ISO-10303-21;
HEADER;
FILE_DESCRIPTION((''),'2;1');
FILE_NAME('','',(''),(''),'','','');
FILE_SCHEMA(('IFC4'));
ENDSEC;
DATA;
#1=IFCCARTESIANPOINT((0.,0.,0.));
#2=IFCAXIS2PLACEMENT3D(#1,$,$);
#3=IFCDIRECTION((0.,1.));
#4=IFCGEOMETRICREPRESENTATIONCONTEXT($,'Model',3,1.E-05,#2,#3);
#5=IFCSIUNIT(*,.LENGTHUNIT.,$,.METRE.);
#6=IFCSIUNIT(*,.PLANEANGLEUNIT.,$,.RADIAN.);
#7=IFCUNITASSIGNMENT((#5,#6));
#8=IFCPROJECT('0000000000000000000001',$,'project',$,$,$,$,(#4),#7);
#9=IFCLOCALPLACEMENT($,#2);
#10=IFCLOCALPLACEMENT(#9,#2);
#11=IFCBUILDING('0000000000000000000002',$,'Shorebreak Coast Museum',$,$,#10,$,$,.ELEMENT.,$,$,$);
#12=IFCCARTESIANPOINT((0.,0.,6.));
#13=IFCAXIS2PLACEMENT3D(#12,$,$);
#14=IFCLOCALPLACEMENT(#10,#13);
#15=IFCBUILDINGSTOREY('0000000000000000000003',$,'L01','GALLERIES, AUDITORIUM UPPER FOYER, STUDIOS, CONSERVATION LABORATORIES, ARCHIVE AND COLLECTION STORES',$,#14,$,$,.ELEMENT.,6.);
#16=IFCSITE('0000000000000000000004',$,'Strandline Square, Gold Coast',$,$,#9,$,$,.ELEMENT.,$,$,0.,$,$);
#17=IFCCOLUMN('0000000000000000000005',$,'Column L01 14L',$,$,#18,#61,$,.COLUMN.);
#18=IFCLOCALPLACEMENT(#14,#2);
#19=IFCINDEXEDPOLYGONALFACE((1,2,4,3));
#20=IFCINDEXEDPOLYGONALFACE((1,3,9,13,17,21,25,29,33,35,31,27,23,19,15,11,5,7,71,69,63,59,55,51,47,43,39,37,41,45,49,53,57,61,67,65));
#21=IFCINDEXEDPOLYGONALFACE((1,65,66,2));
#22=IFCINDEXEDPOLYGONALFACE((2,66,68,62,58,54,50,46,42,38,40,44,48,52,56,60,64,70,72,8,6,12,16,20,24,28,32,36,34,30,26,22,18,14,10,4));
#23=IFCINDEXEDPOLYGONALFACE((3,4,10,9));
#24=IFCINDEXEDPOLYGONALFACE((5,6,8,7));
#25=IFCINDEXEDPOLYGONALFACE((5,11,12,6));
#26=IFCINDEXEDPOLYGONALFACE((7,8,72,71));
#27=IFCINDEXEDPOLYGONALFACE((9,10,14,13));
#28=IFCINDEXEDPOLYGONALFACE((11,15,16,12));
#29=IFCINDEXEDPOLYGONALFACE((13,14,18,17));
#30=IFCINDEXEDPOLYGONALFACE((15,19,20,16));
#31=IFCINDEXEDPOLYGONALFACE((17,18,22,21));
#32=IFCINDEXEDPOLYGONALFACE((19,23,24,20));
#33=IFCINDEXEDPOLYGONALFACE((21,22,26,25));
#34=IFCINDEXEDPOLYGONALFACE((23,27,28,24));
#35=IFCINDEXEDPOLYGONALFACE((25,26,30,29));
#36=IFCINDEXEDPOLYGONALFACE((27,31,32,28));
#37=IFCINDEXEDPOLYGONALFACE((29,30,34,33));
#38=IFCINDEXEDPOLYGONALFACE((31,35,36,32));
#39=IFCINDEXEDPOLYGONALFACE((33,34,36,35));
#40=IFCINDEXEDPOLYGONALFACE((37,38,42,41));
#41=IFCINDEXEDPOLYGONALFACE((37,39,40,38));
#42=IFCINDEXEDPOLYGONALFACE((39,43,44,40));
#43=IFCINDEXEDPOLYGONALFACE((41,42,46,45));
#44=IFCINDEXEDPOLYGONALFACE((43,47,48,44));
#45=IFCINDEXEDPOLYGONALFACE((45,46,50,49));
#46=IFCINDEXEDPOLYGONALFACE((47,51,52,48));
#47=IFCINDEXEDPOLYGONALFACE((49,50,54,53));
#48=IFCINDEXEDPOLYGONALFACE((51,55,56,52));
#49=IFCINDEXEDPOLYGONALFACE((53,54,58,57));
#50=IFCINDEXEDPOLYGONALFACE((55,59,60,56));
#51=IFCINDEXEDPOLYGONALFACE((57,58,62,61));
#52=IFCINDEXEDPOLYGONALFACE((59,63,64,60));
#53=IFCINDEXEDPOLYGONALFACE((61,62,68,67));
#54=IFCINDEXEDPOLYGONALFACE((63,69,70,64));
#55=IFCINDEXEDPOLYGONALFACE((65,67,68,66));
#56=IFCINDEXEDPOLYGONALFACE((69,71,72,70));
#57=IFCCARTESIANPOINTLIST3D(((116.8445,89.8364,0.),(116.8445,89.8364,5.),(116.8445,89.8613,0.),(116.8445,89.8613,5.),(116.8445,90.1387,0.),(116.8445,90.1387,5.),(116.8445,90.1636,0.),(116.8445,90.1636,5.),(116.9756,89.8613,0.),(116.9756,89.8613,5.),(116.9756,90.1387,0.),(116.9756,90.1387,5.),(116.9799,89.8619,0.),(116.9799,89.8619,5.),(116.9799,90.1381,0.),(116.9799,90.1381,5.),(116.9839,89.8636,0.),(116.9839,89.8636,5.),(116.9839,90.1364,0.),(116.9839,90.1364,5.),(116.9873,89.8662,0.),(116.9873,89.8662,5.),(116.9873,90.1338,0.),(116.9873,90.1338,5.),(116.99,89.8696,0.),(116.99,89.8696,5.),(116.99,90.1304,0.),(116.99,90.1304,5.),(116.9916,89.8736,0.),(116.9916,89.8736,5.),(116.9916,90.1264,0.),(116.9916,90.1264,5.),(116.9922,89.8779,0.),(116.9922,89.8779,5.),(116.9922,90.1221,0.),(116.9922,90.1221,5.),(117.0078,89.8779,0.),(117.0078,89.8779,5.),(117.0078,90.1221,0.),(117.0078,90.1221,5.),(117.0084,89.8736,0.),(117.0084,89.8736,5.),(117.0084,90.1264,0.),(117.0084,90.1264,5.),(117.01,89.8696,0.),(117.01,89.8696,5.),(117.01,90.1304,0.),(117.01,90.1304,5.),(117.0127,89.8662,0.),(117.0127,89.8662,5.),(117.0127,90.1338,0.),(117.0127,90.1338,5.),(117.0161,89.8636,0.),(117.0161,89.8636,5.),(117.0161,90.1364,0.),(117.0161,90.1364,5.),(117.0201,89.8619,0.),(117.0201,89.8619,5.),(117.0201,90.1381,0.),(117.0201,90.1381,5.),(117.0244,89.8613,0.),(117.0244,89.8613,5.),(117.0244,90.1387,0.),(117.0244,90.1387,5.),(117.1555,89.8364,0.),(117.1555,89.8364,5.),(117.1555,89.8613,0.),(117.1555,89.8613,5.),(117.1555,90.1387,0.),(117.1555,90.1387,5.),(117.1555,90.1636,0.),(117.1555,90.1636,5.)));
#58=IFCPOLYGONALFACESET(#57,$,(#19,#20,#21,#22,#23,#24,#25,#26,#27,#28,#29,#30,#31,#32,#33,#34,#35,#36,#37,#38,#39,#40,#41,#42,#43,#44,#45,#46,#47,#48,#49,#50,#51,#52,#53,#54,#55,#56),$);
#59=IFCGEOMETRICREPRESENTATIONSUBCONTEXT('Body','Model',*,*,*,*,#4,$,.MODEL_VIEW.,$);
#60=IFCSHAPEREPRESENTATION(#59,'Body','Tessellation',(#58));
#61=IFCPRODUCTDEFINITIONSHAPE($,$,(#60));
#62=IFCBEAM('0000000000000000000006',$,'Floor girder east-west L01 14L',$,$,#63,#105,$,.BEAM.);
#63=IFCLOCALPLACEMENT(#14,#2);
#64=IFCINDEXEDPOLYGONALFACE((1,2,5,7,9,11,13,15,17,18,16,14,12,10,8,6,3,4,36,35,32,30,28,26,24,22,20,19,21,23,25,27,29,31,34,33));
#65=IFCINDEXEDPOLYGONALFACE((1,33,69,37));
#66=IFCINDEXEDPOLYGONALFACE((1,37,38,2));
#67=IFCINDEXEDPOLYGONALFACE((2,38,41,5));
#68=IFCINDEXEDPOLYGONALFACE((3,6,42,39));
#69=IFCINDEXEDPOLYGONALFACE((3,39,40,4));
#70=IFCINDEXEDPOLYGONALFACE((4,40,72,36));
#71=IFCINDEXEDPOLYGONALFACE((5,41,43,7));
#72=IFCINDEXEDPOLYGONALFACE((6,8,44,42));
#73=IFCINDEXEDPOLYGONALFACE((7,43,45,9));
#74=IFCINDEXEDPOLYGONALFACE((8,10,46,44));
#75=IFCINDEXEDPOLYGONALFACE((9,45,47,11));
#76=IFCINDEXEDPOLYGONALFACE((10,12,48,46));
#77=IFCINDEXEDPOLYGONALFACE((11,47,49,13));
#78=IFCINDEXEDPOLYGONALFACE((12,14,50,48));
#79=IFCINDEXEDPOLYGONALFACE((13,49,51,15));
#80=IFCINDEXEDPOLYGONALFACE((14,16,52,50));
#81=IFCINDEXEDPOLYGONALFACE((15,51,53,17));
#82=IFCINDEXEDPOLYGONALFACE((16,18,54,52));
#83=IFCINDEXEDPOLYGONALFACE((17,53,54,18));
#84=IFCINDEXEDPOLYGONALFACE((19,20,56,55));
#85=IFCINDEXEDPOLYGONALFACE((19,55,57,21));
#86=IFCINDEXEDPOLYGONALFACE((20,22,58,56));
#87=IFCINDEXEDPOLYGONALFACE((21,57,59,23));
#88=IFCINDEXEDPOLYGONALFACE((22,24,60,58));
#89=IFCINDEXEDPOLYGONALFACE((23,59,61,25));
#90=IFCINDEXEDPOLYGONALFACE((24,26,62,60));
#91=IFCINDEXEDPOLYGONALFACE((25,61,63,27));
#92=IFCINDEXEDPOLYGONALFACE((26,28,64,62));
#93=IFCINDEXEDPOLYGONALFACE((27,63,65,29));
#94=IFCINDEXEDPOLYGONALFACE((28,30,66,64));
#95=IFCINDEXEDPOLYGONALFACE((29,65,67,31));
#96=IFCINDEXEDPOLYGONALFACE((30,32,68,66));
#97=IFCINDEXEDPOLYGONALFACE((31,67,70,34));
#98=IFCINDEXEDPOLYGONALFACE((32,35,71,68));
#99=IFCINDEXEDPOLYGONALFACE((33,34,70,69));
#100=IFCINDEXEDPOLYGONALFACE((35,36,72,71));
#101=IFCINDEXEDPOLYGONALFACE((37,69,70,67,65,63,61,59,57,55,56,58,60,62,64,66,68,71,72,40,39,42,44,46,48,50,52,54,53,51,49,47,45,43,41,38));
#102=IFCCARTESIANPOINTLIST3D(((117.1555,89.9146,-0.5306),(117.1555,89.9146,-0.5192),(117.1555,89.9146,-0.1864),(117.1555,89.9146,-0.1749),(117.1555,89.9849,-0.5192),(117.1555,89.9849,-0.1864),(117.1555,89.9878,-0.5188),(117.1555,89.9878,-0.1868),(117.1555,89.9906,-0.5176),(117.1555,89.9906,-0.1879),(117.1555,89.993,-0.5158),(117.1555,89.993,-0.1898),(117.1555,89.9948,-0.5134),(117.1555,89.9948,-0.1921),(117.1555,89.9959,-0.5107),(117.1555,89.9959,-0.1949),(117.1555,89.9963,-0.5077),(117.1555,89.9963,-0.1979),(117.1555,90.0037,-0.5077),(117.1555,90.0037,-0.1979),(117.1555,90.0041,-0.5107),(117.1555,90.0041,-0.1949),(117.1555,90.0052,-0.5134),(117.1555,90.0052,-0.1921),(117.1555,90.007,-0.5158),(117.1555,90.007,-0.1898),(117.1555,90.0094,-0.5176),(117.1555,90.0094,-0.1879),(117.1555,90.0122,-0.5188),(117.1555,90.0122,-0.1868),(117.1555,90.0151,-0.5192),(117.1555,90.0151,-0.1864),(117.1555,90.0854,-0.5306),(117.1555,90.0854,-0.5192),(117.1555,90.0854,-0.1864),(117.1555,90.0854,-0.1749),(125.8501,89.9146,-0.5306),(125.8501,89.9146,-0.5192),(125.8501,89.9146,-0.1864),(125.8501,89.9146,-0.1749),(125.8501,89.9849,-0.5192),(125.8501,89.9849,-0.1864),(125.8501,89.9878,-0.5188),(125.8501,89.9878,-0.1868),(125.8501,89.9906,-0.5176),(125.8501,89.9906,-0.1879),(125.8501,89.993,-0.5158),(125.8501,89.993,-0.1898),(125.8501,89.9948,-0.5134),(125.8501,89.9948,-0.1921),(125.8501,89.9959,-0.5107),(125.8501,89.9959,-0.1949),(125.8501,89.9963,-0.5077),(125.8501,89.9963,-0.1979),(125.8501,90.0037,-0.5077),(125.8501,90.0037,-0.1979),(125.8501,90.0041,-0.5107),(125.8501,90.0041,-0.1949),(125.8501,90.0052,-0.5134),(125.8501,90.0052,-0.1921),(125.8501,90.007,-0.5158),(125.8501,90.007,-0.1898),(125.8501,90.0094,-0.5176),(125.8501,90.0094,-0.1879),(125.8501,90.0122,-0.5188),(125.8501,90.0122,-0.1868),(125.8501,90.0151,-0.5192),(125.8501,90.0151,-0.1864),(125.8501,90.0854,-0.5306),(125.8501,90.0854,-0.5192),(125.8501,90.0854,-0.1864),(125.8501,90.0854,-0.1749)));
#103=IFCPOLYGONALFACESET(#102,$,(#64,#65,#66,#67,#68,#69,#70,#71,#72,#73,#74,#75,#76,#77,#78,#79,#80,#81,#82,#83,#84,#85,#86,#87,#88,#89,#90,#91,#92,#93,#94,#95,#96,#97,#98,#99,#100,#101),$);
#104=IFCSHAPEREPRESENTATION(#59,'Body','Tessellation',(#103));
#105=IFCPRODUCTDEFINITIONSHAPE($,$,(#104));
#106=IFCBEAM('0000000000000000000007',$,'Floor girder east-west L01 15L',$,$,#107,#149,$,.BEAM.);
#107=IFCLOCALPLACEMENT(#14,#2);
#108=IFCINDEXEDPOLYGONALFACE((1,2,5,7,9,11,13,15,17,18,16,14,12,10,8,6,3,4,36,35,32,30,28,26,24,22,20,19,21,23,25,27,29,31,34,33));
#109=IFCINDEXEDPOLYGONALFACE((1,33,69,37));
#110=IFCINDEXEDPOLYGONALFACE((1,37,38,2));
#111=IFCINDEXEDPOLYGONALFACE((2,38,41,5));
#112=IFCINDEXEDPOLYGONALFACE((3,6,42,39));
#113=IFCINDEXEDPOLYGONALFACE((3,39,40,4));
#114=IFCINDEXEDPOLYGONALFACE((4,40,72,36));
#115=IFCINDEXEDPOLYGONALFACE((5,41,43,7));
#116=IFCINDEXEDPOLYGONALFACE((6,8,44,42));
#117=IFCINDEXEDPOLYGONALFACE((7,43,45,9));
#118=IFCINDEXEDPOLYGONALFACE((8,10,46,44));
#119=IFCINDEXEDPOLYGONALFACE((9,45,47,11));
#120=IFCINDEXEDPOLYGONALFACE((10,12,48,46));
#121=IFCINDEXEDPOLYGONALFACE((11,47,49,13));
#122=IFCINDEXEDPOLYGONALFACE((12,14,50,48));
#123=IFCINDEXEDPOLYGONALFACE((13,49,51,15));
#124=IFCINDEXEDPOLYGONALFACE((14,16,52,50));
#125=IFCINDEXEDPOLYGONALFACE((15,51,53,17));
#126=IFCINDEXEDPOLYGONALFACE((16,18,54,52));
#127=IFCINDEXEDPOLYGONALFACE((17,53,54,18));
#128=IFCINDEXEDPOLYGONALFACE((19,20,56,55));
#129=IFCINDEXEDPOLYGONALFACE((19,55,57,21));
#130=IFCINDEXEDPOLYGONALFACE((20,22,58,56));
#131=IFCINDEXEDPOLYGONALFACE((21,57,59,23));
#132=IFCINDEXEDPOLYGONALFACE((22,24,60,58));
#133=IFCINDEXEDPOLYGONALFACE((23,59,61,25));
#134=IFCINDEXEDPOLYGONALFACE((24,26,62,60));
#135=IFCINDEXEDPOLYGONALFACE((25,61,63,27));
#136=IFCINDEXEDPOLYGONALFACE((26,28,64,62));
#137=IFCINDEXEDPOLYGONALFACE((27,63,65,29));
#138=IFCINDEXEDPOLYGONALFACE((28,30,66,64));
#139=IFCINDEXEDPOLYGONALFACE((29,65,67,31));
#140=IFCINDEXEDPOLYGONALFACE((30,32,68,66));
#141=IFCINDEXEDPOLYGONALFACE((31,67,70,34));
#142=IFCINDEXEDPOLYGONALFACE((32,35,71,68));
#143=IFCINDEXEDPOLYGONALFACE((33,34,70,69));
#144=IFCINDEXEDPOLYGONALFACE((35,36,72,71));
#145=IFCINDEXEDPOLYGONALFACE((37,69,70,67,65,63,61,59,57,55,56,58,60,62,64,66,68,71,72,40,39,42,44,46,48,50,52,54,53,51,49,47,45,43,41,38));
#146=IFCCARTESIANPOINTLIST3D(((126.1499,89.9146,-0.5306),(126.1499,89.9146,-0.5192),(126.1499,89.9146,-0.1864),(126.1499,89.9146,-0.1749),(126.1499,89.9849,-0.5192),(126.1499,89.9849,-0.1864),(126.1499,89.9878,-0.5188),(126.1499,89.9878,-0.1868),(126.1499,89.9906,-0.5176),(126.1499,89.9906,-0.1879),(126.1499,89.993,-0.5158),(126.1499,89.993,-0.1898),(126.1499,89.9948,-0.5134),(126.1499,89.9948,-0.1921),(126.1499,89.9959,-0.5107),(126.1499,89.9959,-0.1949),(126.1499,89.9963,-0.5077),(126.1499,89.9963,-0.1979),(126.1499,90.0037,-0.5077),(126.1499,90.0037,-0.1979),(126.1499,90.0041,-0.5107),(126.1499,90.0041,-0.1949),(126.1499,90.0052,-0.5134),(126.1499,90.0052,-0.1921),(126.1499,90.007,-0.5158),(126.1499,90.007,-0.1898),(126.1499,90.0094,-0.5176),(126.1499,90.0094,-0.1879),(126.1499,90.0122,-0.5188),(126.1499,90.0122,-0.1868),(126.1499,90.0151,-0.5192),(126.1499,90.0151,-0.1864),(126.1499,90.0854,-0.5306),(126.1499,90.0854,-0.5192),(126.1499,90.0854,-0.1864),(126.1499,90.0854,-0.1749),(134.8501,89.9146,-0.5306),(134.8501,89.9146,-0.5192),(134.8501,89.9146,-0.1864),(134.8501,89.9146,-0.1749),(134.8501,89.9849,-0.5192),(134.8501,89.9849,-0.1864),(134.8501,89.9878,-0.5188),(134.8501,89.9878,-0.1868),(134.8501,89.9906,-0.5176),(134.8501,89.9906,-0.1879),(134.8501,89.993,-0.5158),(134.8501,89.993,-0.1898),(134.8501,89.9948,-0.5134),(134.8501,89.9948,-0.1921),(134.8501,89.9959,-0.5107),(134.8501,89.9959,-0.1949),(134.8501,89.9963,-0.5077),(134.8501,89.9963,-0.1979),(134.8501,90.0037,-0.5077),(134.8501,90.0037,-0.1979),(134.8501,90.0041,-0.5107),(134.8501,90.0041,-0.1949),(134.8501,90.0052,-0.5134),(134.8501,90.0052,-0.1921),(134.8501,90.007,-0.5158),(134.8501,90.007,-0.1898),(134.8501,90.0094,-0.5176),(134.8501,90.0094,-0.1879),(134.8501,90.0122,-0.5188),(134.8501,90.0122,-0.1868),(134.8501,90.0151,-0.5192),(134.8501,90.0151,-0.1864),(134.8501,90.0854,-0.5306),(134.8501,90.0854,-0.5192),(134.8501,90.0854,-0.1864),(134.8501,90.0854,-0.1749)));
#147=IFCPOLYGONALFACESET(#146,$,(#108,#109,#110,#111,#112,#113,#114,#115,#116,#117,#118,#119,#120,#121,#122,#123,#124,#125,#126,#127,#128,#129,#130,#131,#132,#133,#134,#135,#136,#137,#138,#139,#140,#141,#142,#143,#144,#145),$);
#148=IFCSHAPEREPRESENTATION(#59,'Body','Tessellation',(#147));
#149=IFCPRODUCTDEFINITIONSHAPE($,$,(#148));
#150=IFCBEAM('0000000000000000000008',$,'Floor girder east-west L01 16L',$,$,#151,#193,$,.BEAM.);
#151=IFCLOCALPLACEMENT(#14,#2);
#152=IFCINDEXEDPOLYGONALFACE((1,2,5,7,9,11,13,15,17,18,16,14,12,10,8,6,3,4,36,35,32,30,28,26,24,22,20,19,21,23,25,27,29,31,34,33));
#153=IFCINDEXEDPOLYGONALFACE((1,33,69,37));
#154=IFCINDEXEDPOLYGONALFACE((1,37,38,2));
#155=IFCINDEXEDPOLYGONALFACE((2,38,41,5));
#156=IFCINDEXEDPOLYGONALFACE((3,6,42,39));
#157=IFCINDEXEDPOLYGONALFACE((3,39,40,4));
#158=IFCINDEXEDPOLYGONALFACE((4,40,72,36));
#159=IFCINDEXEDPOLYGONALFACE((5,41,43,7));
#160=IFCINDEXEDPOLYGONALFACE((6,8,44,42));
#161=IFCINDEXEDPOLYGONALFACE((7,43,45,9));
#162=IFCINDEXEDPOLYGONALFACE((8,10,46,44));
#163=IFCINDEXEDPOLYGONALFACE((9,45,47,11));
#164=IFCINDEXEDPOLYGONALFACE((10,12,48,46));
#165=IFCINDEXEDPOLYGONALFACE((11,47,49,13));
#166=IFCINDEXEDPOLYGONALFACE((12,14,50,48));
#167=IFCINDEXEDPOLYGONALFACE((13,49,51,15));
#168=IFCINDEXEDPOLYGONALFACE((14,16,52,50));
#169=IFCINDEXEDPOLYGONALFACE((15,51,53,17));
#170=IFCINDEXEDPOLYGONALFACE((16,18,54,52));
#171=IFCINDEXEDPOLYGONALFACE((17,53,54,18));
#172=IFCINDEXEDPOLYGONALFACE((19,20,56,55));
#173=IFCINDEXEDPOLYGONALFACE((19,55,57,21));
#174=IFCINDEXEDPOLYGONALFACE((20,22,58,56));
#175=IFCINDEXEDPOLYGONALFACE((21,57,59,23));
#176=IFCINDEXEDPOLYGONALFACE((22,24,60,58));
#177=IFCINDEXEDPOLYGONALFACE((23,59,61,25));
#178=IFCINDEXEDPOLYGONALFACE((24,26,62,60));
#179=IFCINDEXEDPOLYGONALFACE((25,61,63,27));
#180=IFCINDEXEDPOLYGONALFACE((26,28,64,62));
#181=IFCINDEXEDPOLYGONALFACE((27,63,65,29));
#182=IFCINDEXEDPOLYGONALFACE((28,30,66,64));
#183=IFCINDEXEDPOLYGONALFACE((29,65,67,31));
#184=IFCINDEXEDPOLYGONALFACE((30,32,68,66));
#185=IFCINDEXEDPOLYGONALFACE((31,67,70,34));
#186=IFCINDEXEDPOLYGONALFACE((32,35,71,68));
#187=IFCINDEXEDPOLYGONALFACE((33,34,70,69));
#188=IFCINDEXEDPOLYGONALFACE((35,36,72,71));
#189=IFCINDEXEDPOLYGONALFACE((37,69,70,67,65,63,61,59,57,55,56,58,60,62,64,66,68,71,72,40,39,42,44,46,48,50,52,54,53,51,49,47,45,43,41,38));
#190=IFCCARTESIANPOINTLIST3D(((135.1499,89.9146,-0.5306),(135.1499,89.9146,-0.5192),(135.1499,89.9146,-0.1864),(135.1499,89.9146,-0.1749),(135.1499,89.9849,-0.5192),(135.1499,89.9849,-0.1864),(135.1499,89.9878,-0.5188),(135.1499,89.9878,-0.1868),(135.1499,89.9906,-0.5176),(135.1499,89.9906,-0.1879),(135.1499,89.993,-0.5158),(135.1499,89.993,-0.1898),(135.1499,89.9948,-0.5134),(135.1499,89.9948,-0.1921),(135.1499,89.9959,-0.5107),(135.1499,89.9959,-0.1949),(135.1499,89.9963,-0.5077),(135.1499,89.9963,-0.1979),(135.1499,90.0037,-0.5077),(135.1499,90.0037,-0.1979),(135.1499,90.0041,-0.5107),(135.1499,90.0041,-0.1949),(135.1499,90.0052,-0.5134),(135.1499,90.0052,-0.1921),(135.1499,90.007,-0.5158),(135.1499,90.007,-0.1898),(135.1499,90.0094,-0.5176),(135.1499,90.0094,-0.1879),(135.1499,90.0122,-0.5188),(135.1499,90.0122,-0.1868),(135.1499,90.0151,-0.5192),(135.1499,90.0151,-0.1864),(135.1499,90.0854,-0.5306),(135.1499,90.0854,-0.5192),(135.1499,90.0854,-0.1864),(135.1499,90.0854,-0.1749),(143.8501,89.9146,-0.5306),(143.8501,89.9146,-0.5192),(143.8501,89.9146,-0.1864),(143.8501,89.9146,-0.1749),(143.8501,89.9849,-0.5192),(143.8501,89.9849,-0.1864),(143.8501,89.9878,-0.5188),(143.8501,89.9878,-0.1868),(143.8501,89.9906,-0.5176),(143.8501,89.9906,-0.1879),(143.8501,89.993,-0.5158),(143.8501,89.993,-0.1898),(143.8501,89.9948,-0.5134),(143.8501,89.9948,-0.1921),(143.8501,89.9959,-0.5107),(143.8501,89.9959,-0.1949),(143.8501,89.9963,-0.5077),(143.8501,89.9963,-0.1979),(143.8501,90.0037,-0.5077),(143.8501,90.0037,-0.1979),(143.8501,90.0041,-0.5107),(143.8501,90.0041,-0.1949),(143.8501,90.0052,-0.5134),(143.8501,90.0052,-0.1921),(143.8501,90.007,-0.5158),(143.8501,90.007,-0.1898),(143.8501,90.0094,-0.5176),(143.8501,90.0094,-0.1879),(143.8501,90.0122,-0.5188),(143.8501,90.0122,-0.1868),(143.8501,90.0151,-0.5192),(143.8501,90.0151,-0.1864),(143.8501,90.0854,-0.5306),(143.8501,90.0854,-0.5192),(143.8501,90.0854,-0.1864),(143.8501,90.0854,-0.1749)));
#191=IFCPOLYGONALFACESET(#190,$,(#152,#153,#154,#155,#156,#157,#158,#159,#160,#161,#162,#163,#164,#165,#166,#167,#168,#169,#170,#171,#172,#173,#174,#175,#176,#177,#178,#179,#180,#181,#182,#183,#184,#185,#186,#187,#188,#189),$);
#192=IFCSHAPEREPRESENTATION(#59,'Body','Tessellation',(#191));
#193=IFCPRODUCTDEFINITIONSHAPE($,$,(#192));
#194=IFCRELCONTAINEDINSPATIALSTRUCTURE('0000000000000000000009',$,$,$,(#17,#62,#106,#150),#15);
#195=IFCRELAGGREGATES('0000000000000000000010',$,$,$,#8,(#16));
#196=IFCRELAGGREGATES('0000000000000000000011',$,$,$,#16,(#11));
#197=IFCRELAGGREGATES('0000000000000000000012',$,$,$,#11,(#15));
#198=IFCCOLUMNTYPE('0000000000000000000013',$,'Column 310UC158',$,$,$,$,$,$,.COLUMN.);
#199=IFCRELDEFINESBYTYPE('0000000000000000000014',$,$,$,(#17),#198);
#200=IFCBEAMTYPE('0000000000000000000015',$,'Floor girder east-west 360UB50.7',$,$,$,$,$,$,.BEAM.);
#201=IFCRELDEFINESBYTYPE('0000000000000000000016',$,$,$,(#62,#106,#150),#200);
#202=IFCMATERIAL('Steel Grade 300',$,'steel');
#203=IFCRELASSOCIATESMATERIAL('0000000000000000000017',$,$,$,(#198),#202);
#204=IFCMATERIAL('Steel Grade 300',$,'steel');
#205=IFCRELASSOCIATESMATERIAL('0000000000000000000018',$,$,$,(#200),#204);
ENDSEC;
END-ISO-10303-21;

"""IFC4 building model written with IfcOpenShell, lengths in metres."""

from ifc_helpers import new_model, si_unit, direction, frame, origin, origin_2d, place, context, subcontext, project, spatial, i_section, extrude, material, material_profile, profile_set, type_object, element, save


model = new_model("IFC4")

# Units and contexts
model_context = context("Model", 3, precision=1e-05, world=origin(), true_north=direction((0.0, 1.0)))
body_context = subcontext(model_context, "Body", "Model", "MODEL_VIEW")
ifc_project = project(units=[si_unit("LENGTHUNIT", "METRE"), si_unit("PLANEANGLEUNIT", "RADIAN")], contexts=[model_context])

# Site, building, storey
site_placement = place(None, origin())
site = spatial("IfcSite", under=ifc_project, at=site_placement, Name="Strandline Square, Gold Coast", CompositionType="ELEMENT", RefElevation=0.0)
building_placement = place(site_placement, origin())
building = spatial("IfcBuilding", under=site, at=building_placement, Name="Shorebreak Coast Museum", CompositionType="ELEMENT")
storey_placement = place(building_placement, frame((0.0, 0.0, 6.0)))
storey = spatial("IfcBuildingStorey", under=building, at=storey_placement, Name="L01", Description="GALLERIES, AUDITORIUM UPPER FOYER, STUDIOS, CONSERVATION LABORATORIES, ARCHIVE AND COLLECTION STORES", CompositionType="ELEMENT", Elevation=6.0)

# Column
ifc_material_1 = material(Name="Steel Grade 300", Category="steel")
ifc_material_profile_1 = material_profile(ifc_material_1, i_section(OverallWidth=0.311, OverallDepth=0.3271, WebThickness=0.0156, FlangeThickness=0.0249, FilletRadius=0.0166, at=origin_2d()), Name="310UC158")
ifc_profile_set_1 = profile_set([ifc_material_profile_1], Name="Steel Grade 300")
column_type_1 = type_object("IfcColumnType", Name="Column 310UC158", PredefinedType="COLUMN", material=ifc_profile_set_1)
column_1_placement = place(storey_placement, frame((117.0, 90.0, 0.0), z_axis=(0.0, 0.0, 1.0), x_axis=(1.0, 0.0, 0.0)))
element("IfcColumn", 1, at=column_1_placement, inside=storey, type_object=column_type_1, Name="Column L01 14L", PredefinedType="COLUMN", context=body_context, shape_type="SweptSolid", body=[
    extrude(i_section(OverallWidth=0.311, OverallDepth=0.3271, WebThickness=0.0156, FlangeThickness=0.0249, FilletRadius=0.0166, at=origin_2d()), origin(), (0.0, 0.0, 1.0), 5.0),
])

# Beams
ifc_material_2 = material(Name="Steel Grade 300", Category="steel")
ifc_material_profile_2 = material_profile(ifc_material_2, i_section(OverallWidth=0.1709, OverallDepth=0.3557, WebThickness=0.0073, FlangeThickness=0.0115, FilletRadius=0.0115, at=origin_2d()), Name="360UB50.7")
ifc_profile_set_2 = profile_set([ifc_material_profile_2], Name="Steel Grade 300")
beam_type_1 = type_object("IfcBeamType", Name="Floor girder east-west 360UB50.7", PredefinedType="BEAM", material=ifc_profile_set_2)
beam_1_placement = place(storey_placement, frame((117.1555, 90.0, -0.3528), z_axis=(1.0, 0.0, 0.0), x_axis=(0.0, 1.0, 0.0)))
element("IfcBeam", 2, at=beam_1_placement, inside=storey, type_object=beam_type_1, Name="Floor girder east-west L01 14L", PredefinedType="BEAM", context=body_context, shape_type="SweptSolid", body=[
    extrude(i_section(OverallWidth=0.1709, OverallDepth=0.3557, WebThickness=0.0073, FlangeThickness=0.0115, FilletRadius=0.0115, at=origin_2d()), origin(), (0.0, 0.0, 1.0), 8.6946),
])
for number, where, z_axis, x_axis, name in (
    (3, (126.1499, 90.0, -0.3528), (1.0, 0.0, 0.0), (0.0, 1.0, 0.0), "Floor girder east-west L01 15L"),
    (4, (135.1499, 90.0, -0.3528), (1.0, 0.0, 0.0), (0.0, 1.0, 0.0), "Floor girder east-west L01 16L"),
):
    element("IfcBeam", number, at=place(storey_placement, frame(where, z_axis=z_axis, x_axis=x_axis)), inside=storey, type_object=beam_type_1, Name=name, PredefinedType="BEAM", context=body_context, shape_type="SweptSolid", body=[
        extrude(i_section(OverallWidth=0.1709, OverallDepth=0.3557, WebThickness=0.0073, FlangeThickness=0.0115, FilletRadius=0.0115, at=origin_2d()), origin(), (0.0, 0.0, 1.0), 8.7002),
    ])

save(model, "model.ifc")
